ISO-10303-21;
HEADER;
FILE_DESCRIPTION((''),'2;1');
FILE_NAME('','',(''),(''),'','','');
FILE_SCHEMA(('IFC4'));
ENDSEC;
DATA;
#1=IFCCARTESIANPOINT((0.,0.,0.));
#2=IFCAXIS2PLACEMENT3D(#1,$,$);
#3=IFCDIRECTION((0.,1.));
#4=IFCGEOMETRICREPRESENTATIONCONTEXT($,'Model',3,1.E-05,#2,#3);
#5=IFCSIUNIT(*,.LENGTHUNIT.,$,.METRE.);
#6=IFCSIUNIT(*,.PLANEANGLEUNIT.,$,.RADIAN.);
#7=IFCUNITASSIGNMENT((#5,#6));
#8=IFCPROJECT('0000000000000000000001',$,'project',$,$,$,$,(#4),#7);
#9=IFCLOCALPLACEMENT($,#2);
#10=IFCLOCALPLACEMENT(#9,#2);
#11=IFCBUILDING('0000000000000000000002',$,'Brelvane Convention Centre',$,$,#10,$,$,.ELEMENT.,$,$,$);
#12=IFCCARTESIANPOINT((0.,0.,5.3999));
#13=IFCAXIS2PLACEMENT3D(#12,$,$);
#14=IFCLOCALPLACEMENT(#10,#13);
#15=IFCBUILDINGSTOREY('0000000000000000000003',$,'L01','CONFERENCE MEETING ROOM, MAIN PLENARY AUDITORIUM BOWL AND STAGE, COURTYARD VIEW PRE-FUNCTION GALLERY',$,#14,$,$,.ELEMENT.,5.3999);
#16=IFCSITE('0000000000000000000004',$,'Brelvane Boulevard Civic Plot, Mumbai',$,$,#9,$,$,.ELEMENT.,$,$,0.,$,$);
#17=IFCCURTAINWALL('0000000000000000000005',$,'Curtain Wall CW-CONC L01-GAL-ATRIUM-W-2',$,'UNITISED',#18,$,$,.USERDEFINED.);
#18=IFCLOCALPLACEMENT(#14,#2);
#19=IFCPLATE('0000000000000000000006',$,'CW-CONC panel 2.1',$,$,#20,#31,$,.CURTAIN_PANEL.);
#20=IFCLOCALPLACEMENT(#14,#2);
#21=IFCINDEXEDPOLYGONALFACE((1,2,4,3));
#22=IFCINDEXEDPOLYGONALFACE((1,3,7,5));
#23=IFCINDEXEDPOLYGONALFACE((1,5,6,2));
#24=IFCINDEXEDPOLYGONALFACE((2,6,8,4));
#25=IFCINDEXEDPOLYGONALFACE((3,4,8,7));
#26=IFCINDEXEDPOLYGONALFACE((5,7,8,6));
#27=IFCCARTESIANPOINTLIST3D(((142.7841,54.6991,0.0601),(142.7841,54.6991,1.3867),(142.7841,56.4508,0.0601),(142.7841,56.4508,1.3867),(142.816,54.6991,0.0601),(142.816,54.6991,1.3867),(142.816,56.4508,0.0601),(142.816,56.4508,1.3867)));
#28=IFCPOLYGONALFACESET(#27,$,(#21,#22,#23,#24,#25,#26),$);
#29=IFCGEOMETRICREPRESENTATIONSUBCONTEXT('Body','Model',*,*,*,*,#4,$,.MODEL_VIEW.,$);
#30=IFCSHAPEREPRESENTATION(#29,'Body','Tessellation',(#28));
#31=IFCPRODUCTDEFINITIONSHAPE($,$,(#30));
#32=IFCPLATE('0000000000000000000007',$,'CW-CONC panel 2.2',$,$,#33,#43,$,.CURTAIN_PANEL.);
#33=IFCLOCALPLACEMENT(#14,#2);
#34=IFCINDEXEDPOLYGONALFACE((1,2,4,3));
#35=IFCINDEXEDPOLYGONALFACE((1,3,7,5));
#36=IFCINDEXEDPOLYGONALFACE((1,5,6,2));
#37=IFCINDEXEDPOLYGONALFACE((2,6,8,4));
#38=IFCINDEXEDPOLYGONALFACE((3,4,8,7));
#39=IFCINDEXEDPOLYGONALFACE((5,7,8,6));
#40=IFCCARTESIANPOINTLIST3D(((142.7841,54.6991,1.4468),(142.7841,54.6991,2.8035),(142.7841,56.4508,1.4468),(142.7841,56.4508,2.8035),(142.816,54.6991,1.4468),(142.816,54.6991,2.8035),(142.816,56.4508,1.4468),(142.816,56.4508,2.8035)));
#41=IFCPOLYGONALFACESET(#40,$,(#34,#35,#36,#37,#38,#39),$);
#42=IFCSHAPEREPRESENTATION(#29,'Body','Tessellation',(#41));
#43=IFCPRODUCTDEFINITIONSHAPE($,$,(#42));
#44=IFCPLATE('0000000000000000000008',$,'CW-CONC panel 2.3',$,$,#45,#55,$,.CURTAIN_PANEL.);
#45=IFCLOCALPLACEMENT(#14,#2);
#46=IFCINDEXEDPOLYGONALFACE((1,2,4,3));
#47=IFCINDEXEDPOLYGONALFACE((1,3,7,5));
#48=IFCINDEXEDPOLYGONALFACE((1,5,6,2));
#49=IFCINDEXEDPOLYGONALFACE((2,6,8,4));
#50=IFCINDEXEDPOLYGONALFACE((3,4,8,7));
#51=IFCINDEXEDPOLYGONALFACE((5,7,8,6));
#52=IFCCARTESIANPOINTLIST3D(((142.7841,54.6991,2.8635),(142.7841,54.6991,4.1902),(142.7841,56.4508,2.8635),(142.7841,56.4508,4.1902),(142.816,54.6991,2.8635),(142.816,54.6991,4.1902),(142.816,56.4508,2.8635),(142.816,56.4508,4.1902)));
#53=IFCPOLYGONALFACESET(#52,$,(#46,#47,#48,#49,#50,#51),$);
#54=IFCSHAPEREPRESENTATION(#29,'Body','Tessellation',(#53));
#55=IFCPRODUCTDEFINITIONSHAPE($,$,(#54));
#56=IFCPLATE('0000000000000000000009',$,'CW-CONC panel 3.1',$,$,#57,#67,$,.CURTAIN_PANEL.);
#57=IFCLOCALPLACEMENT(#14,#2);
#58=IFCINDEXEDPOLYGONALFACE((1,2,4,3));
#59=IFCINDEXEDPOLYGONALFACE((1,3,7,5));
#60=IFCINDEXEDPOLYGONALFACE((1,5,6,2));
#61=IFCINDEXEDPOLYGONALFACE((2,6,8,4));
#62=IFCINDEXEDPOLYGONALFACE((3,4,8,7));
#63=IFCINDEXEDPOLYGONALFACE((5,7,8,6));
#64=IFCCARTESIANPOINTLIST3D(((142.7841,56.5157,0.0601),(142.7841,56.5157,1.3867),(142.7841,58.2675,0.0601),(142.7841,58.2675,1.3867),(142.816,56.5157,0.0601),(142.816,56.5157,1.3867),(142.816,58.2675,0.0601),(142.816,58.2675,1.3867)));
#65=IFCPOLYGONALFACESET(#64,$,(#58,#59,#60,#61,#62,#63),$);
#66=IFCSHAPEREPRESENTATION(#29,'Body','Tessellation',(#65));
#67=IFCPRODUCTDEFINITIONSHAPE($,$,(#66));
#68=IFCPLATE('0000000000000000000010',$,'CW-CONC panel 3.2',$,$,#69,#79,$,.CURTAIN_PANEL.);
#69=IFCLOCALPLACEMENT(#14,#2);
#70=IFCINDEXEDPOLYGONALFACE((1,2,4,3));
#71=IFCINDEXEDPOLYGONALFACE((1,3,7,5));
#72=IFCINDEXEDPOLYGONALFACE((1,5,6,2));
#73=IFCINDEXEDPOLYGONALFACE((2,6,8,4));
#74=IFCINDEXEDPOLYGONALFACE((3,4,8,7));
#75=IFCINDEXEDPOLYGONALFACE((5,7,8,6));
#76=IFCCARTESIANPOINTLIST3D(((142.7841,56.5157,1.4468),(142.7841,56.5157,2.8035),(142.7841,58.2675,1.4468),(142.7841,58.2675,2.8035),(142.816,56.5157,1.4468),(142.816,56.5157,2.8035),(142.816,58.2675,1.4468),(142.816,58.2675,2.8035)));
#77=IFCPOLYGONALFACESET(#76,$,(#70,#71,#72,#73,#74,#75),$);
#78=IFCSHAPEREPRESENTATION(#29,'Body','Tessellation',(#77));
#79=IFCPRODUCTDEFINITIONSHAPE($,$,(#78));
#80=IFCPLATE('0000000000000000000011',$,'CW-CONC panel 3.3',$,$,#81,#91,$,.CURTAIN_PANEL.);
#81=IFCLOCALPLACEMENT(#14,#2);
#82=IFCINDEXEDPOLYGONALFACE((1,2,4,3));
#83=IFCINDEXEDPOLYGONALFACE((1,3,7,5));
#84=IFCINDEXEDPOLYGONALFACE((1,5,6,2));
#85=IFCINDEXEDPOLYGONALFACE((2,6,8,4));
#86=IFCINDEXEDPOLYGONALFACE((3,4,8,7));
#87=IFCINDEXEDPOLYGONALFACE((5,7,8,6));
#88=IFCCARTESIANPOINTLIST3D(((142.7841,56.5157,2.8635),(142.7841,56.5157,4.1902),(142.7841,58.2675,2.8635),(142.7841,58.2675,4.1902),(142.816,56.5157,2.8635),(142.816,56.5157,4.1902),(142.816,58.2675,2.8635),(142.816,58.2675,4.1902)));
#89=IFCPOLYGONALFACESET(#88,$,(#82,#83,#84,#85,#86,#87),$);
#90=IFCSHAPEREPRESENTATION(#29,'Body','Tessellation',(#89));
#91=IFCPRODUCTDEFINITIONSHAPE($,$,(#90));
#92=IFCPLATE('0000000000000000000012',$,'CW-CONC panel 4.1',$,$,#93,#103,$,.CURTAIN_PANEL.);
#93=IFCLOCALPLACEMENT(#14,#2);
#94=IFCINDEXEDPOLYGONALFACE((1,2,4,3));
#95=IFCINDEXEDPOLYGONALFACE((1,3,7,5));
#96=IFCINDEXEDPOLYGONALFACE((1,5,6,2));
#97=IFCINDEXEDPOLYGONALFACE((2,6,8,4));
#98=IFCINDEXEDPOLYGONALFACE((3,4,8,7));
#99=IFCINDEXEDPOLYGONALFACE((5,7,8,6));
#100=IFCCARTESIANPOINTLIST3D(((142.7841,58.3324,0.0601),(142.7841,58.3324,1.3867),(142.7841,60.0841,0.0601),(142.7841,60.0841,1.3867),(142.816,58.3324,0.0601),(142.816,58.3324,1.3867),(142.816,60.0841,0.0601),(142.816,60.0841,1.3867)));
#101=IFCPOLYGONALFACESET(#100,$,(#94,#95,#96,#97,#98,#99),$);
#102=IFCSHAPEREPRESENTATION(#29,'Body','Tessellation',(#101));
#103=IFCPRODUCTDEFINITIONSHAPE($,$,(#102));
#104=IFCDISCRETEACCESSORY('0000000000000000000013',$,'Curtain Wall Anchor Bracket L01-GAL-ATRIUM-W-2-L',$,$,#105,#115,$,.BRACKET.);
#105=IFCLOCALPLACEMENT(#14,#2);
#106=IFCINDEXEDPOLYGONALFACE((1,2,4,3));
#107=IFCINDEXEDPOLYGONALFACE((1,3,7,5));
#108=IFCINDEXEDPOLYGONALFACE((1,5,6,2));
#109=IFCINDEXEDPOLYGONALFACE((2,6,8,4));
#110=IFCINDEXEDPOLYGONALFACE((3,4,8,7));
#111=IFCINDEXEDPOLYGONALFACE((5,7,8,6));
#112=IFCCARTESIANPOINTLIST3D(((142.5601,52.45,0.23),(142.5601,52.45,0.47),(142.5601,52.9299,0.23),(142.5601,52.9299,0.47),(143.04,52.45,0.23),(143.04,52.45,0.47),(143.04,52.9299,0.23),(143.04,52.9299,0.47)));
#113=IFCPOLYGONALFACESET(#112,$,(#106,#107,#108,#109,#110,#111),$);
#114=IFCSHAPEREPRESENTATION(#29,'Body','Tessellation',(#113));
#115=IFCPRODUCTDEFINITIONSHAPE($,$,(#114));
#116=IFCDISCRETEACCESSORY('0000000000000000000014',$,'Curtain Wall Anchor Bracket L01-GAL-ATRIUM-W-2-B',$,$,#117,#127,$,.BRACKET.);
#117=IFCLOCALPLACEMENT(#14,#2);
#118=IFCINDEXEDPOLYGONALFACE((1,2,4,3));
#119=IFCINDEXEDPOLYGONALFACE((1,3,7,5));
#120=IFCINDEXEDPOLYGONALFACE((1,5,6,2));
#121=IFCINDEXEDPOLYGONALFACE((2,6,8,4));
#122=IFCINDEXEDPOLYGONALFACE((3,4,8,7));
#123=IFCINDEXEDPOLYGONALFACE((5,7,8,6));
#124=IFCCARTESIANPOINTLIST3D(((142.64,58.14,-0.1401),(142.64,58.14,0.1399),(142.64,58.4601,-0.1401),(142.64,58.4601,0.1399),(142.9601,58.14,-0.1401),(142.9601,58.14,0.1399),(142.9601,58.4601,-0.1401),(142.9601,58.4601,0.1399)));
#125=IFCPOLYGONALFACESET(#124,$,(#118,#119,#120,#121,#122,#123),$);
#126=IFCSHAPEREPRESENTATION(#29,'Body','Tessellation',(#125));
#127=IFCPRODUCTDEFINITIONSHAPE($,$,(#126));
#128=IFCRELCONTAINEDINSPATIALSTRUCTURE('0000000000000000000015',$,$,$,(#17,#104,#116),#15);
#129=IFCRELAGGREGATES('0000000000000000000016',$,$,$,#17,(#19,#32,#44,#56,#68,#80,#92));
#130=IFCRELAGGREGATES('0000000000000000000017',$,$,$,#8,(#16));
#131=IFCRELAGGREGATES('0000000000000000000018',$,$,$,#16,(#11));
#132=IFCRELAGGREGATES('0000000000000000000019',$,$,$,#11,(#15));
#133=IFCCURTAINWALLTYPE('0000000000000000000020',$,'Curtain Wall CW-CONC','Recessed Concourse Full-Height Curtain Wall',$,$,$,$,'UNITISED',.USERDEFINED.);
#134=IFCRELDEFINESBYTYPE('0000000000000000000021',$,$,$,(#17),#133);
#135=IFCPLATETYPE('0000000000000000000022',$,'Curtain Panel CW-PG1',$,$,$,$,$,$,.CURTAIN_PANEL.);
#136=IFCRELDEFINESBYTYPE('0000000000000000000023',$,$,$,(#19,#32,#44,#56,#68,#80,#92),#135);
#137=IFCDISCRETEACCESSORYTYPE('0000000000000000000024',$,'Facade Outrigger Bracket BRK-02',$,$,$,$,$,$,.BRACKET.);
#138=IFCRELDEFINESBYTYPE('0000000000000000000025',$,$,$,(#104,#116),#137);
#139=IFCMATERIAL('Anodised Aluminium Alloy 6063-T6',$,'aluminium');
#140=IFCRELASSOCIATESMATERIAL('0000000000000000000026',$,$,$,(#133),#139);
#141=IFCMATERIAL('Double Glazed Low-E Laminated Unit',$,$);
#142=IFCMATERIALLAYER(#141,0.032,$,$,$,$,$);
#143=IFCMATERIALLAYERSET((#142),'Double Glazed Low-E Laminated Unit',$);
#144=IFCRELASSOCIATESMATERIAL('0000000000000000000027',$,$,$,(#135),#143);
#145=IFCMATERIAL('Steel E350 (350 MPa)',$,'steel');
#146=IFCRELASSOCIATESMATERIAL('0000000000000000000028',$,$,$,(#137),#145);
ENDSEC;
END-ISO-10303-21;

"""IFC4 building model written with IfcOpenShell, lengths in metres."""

from ifc_helpers import new_model, si_unit, direction, frame, origin, origin_2d, place, context, subcontext, project, spatial, rectangle, extrude, material, layer, layer_set, type_object, element, aggregate, save


model = new_model("IFC4")

# Units and contexts
model_context = context("Model", 3, precision=1e-05, world=origin(), true_north=direction((0.0, 1.0)))
body_context = subcontext(model_context, "Body", "Model", "MODEL_VIEW")
ifc_project = project(units=[si_unit("LENGTHUNIT", "METRE"), si_unit("PLANEANGLEUNIT", "RADIAN")], contexts=[model_context])

# Site, building, storey
site_placement = place(None, origin())
site = spatial("IfcSite", under=ifc_project, at=site_placement, Name="Brelvane Boulevard Civic Plot, Mumbai", CompositionType="ELEMENT", RefElevation=0.0)
building_placement = place(site_placement, origin())
building = spatial("IfcBuilding", under=site, at=building_placement, Name="Brelvane Convention Centre", CompositionType="ELEMENT")
storey_placement = place(building_placement, frame((0.0, 0.0, 5.3999)))
storey = spatial("IfcBuildingStorey", under=building, at=storey_placement, Name="L01", Description="CONFERENCE MEETING ROOM, MAIN PLENARY AUDITORIUM BOWL AND STAGE, COURTYARD VIEW PRE-FUNCTION GALLERY", CompositionType="ELEMENT", Elevation=5.3999)

# Curtain wall
ifc_material_1 = material(Name="Anodised Aluminium Alloy 6063-T6", Category="aluminium")
curtain_wall_type = type_object("IfcCurtainWallType", Name="Curtain Wall CW-CONC", Description="Recessed Concourse Full-Height Curtain Wall", ElementType="UNITISED", PredefinedType="USERDEFINED", material=ifc_material_1)
curtain_wall_placement = place(storey_placement, origin())
curtain_wall = element("IfcCurtainWall", 1, at=curtain_wall_placement, inside=storey, type_object=curtain_wall_type, Name="Curtain Wall CW-CONC L01-GAL-ATRIUM-W-2", ObjectType="UNITISED", PredefinedType="USERDEFINED")

# Plates
ifc_material_2 = material(Name="Double Glazed Low-E Laminated Unit")
ifc_layer = layer(ifc_material_2, 0.032)
ifc_layer_set = layer_set([ifc_layer], Name="Double Glazed Low-E Laminated Unit")
plate_type = type_object("IfcPlateType", Name="Curtain Panel CW-PG1", PredefinedType="CURTAIN_PANEL", material=ifc_layer_set)
plate_1_placement = place(storey_placement, frame((142.8, 55.575, 0.0601), z_axis=(0.0, 0.0, 1.0), x_axis=(0.0, 1.0, 0.0)))
plate_1 = element("IfcPlate", 2, at=plate_1_placement, type_object=plate_type, Name="CW-CONC panel 2.1", PredefinedType="CURTAIN_PANEL", context=body_context, shape_type="SweptSolid", body=[
    extrude(rectangle(XDim=1.7517, YDim=0.032, at=origin_2d()), origin(), (0.0, 0.0, 1.0), 1.3267),
])
plate_2_placement = place(storey_placement, frame((142.8, 55.575, 1.4468), z_axis=(0.0, 0.0, 1.0), x_axis=(0.0, 1.0, 0.0)))
plate_2 = element("IfcPlate", 3, at=plate_2_placement, type_object=plate_type, Name="CW-CONC panel 2.2", PredefinedType="CURTAIN_PANEL", context=body_context, shape_type="SweptSolid", body=[
    extrude(rectangle(XDim=1.7517, YDim=0.032, at=origin_2d()), origin(), (0.0, 0.0, 1.0), 1.3567),
])
plate_3_placement = place(storey_placement, frame((142.8, 55.575, 2.8635), z_axis=(0.0, 0.0, 1.0), x_axis=(0.0, 1.0, 0.0)))
plate_3 = element("IfcPlate", 4, at=plate_3_placement, type_object=plate_type, Name="CW-CONC panel 2.3", PredefinedType="CURTAIN_PANEL", context=body_context, shape_type="SweptSolid", body=[
    extrude(rectangle(XDim=1.7517, YDim=0.032, at=origin_2d()), origin(), (0.0, 0.0, 1.0), 1.3267),
])
plate_4_placement = place(storey_placement, frame((142.8, 57.3916, 0.0601), z_axis=(0.0, 0.0, 1.0), x_axis=(0.0, 1.0, 0.0)))
plate_4 = element("IfcPlate", 5, at=plate_4_placement, type_object=plate_type, Name="CW-CONC panel 3.1", PredefinedType="CURTAIN_PANEL", context=body_context, shape_type="SweptSolid", body=[
    extrude(rectangle(XDim=1.7517, YDim=0.032, at=origin_2d()), origin(), (0.0, 0.0, 1.0), 1.3267),
])
plate_5_placement = place(storey_placement, frame((142.8, 57.3916, 1.4468), z_axis=(0.0, 0.0, 1.0), x_axis=(0.0, 1.0, 0.0)))
plate_5 = element("IfcPlate", 6, at=plate_5_placement, type_object=plate_type, Name="CW-CONC panel 3.2", PredefinedType="CURTAIN_PANEL", context=body_context, shape_type="SweptSolid", body=[
    extrude(rectangle(XDim=1.7517, YDim=0.032, at=origin_2d()), origin(), (0.0, 0.0, 1.0), 1.3567),
])
plate_6_placement = place(storey_placement, frame((142.8, 57.3916, 2.8635), z_axis=(0.0, 0.0, 1.0), x_axis=(0.0, 1.0, 0.0)))
plate_6 = element("IfcPlate", 7, at=plate_6_placement, type_object=plate_type, Name="CW-CONC panel 3.3", PredefinedType="CURTAIN_PANEL", context=body_context, shape_type="SweptSolid", body=[
    extrude(rectangle(XDim=1.7517, YDim=0.032, at=origin_2d()), origin(), (0.0, 0.0, 1.0), 1.3267),
])
plate_7_placement = place(storey_placement, frame((142.8, 59.2083, 0.0601), z_axis=(0.0, 0.0, 1.0), x_axis=(0.0, 1.0, 0.0)))
plate_7 = element("IfcPlate", 8, at=plate_7_placement, type_object=plate_type, Name="CW-CONC panel 4.1", PredefinedType="CURTAIN_PANEL", context=body_context, shape_type="SweptSolid", body=[
    extrude(rectangle(XDim=1.7517, YDim=0.032, at=origin_2d()), origin(), (0.0, 0.0, 1.0), 1.3267),
])
aggregate(curtain_wall, [plate_1, plate_2, plate_3, plate_4, plate_5, plate_6, plate_7])

# Discrete accessories
ifc_material_3 = material(Name="Steel E350 (350 MPa)", Category="steel")
discrete_accessory_type = type_object("IfcDiscreteAccessoryType", Name="Facade Outrigger Bracket BRK-02", PredefinedType="BRACKET", material=ifc_material_3)
discrete_accessory_1_placement = place(storey_placement, frame((142.8, 52.6899, 0.23), z_axis=(0.0, 0.0, 1.0), x_axis=(1.0, 0.0, 0.0)))
element("IfcDiscreteAccessory", 9, at=discrete_accessory_1_placement, inside=storey, type_object=discrete_accessory_type, Name="Curtain Wall Anchor Bracket L01-GAL-ATRIUM-W-2-L", PredefinedType="BRACKET", context=body_context, shape_type="SweptSolid", body=[
    extrude(rectangle(XDim=0.48, YDim=0.48, at=origin_2d()), origin(), (0.0, 0.0, 1.0), 0.24),
])
discrete_accessory_2_placement = place(storey_placement, frame((142.8, 58.3, -0.1401), z_axis=(0.0, 0.0, 1.0), x_axis=(1.0, 0.0, 0.0)))
element("IfcDiscreteAccessory", 10, at=discrete_accessory_2_placement, inside=storey, type_object=discrete_accessory_type, Name="Curtain Wall Anchor Bracket L01-GAL-ATRIUM-W-2-B", PredefinedType="BRACKET", context=body_context, shape_type="SweptSolid", body=[
    extrude(rectangle(XDim=0.3201, YDim=0.3201, at=origin_2d()), origin(), (0.0, 0.0, 1.0), 0.28),
])

save(model, "model.ifc")
